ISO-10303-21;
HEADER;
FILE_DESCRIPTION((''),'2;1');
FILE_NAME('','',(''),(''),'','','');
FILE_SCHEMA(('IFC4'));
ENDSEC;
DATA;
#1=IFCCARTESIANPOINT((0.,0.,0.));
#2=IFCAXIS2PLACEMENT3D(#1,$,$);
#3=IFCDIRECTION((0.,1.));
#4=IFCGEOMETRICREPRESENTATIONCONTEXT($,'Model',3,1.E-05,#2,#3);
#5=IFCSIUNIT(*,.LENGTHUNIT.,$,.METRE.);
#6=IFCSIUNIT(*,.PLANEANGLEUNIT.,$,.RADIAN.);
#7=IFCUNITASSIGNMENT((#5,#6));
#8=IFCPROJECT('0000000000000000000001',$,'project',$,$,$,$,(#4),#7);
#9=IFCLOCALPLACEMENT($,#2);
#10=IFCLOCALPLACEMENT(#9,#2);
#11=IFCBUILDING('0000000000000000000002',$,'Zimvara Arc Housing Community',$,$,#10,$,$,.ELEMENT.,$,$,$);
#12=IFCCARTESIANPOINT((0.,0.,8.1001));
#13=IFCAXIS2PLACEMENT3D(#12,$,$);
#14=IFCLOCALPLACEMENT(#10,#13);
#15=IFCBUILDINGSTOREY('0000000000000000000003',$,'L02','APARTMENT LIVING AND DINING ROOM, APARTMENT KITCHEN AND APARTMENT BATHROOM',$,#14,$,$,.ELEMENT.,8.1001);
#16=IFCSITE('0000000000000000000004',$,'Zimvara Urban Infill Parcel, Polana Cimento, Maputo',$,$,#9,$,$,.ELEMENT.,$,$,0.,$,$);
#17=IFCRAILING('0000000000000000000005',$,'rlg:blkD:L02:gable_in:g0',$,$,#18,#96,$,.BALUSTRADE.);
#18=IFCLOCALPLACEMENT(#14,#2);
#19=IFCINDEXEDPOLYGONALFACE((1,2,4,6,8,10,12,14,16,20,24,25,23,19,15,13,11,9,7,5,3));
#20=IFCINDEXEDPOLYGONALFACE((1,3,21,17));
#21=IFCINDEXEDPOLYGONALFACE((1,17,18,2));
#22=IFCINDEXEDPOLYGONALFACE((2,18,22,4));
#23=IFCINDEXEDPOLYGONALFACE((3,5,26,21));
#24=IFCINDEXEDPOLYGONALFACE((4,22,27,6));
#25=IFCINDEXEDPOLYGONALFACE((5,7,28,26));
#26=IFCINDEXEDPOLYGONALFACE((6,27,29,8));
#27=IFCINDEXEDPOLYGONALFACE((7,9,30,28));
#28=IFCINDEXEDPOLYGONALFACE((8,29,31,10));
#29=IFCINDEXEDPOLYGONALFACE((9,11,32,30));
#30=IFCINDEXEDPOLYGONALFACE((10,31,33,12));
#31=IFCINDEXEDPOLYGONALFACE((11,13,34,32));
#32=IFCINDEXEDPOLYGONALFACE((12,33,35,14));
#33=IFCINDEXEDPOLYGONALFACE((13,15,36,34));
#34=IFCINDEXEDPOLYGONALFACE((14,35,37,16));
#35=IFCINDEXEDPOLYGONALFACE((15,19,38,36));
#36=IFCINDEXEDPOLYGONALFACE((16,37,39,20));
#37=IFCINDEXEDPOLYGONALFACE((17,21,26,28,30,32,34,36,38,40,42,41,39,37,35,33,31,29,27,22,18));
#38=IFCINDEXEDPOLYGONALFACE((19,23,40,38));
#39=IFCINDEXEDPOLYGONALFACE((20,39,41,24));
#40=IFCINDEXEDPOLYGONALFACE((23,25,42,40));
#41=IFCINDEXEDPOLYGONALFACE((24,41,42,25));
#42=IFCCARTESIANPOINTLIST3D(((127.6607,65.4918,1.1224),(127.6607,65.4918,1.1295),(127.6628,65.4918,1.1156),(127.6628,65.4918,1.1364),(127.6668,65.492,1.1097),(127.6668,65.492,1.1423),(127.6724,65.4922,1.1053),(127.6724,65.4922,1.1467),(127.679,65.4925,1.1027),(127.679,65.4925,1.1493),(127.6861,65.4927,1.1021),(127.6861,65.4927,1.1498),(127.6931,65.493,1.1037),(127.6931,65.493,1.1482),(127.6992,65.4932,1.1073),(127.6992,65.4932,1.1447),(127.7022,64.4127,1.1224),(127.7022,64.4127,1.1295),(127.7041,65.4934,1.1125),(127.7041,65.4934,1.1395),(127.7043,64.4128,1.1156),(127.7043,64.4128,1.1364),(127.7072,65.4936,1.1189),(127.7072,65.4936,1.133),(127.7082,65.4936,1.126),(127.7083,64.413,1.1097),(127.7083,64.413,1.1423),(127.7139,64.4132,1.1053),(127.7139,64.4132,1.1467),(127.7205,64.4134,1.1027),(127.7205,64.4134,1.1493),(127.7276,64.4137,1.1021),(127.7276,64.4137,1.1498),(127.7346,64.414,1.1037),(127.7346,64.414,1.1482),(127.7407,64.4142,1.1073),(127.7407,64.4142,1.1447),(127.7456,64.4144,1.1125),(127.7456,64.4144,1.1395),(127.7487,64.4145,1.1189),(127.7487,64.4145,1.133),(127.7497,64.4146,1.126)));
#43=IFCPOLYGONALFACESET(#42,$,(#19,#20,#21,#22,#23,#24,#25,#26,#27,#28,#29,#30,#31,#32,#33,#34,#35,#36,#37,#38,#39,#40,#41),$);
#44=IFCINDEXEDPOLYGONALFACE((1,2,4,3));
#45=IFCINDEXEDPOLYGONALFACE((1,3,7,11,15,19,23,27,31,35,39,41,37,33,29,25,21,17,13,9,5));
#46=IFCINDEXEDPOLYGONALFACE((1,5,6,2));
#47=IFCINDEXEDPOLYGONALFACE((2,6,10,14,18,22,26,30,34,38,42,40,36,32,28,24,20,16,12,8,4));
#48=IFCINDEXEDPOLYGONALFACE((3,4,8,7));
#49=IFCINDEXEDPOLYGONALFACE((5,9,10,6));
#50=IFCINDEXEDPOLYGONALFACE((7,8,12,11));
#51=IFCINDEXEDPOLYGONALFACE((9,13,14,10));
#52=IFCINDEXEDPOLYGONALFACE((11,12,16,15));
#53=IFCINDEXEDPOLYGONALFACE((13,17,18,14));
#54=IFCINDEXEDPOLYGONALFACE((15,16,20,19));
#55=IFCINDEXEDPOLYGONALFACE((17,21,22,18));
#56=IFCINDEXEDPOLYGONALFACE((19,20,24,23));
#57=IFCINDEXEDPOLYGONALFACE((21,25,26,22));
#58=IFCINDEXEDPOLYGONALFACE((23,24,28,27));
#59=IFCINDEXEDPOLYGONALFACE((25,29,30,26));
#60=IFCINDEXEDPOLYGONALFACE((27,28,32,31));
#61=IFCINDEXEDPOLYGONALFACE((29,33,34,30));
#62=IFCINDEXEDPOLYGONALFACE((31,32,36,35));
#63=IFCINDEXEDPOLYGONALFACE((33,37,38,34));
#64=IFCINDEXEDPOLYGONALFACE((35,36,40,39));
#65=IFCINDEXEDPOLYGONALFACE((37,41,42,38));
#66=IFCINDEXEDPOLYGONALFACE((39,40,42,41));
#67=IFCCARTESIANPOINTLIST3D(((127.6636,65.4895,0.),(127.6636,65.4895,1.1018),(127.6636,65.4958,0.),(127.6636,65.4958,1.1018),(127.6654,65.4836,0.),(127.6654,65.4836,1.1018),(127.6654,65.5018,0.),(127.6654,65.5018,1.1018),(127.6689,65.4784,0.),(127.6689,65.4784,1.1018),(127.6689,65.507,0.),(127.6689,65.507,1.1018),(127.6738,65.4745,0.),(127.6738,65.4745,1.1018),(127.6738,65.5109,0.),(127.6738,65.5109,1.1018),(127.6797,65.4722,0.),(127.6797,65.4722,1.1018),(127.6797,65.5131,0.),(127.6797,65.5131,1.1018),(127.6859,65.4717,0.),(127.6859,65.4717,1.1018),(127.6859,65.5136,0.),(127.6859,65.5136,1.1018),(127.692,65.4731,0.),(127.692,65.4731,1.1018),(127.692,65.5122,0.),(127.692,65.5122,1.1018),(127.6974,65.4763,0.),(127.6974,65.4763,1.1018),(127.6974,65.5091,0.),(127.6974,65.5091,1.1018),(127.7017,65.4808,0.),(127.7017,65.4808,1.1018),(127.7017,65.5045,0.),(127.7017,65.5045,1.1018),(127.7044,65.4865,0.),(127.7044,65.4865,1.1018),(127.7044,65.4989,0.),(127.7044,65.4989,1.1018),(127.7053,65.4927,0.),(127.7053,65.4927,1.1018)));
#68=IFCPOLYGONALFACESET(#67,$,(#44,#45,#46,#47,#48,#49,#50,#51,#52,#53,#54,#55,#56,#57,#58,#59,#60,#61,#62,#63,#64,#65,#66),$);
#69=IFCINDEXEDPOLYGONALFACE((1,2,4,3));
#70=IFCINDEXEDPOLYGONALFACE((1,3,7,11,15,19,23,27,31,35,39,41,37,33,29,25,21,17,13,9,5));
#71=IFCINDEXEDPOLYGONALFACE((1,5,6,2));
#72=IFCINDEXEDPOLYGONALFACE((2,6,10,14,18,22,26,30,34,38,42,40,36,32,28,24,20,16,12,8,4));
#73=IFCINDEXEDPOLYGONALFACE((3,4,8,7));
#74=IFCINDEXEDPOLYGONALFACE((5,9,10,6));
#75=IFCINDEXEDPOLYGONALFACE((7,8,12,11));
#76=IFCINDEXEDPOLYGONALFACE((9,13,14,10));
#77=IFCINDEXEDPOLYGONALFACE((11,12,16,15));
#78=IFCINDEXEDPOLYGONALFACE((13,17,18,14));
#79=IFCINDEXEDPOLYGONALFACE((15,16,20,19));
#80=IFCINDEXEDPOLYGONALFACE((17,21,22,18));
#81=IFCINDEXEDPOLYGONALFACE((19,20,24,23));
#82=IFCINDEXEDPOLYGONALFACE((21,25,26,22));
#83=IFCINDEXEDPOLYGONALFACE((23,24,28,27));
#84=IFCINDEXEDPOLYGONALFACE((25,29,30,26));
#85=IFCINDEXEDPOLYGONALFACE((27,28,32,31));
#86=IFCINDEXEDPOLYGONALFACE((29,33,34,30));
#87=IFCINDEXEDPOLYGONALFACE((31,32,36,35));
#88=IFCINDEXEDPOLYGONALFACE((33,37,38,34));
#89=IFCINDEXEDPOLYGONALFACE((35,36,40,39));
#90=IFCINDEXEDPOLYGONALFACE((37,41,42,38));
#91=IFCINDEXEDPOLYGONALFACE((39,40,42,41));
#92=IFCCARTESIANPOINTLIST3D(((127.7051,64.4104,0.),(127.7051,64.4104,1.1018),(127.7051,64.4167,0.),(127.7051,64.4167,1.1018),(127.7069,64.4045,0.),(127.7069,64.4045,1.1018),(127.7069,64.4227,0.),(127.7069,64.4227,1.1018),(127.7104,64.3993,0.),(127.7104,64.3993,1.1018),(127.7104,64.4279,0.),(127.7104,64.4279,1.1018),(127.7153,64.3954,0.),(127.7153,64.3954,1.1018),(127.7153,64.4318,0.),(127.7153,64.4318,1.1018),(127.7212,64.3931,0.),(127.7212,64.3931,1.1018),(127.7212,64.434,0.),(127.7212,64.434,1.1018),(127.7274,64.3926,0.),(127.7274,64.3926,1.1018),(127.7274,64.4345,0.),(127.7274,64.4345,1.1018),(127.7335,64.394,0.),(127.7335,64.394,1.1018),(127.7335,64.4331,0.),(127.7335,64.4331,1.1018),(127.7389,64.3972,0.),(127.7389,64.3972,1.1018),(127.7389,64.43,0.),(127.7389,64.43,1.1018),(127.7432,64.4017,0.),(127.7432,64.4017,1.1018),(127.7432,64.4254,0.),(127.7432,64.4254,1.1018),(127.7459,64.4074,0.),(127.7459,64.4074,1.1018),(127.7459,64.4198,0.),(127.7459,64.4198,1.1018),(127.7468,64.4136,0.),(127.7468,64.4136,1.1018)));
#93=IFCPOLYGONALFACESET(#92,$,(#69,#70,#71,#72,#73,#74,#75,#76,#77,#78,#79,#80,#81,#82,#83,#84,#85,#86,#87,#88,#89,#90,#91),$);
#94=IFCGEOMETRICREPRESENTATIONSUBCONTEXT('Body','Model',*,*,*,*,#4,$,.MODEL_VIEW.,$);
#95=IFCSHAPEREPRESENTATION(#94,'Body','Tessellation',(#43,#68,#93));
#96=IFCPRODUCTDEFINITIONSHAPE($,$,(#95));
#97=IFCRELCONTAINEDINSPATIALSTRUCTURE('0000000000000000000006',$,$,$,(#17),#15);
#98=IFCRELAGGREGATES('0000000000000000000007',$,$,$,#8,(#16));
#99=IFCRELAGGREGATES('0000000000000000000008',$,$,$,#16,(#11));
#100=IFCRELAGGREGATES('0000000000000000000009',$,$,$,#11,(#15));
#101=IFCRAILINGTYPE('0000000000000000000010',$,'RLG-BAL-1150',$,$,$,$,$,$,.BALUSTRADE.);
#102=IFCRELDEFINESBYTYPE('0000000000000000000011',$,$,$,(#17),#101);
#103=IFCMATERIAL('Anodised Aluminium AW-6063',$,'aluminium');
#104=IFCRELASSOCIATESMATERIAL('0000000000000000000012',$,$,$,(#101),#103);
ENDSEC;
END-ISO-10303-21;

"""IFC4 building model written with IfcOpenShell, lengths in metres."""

from ifc_helpers import new_model, si_unit, direction, frame, origin, origin_2d, place, context, subcontext, project, spatial, circle, extrude, material, type_object, element, save


model = new_model("IFC4")

# Units and contexts
model_context = context("Model", 3, precision=1e-05, world=origin(), true_north=direction((0.0, 1.0)))
body_context = subcontext(model_context, "Body", "Model", "MODEL_VIEW")
ifc_project = project(units=[si_unit("LENGTHUNIT", "METRE"), si_unit("PLANEANGLEUNIT", "RADIAN")], contexts=[model_context])

# Site, building, storey
site_placement = place(None, origin())
site = spatial("IfcSite", under=ifc_project, at=site_placement, Name="Zimvara Urban Infill Parcel, Polana Cimento, Maputo", CompositionType="ELEMENT", RefElevation=0.0)
building_placement = place(site_placement, origin())
building = spatial("IfcBuilding", under=site, at=building_placement, Name="Zimvara Arc Housing Community", CompositionType="ELEMENT")
storey_placement = place(building_placement, frame((0.0, 0.0, 8.1001)))
storey = spatial("IfcBuildingStorey", under=building, at=storey_placement, Name="L02", Description="APARTMENT LIVING AND DINING ROOM, APARTMENT KITCHEN AND APARTMENT BATHROOM", CompositionType="ELEMENT", Elevation=8.1001)

# Railing
ifc_material_1 = material(Name="Anodised Aluminium AW-6063", Category="aluminium")
railing_type = type_object("IfcRailingType", Name="RLG-BAL-1150", PredefinedType="BALUSTRADE", material=ifc_material_1)
railing_1_placement = place(storey_placement, frame((127.6843, 65.4927, 0.0)))
element("IfcRailing", 1, at=railing_1_placement, inside=storey, type_object=railing_type, Name="rlg:blkD:L02:gable_in:g0", PredefinedType="BALUSTRADE", context=body_context, shape_type="SweptSolid", body=[
    extrude(circle(Radius=0.0239, at=origin_2d()), frame((0.0, 0.0, 1.126), z_axis=(0.038433, -0.999261, 0.0), x_axis=(0.999261, 0.038433, 0.0)), (0.0, 0.0, 1.0), 1.0798),
    extrude(circle(Radius=0.021, at=origin_2d()), origin(), (0.0, 0.0, 1.0), 1.1018),
    extrude(circle(Radius=0.021, at=origin_2d()), frame((0.0415, -1.0791, 0.0)), (0.0, 0.0, 1.0), 1.1018),
])

save(model, "model.ifc")
